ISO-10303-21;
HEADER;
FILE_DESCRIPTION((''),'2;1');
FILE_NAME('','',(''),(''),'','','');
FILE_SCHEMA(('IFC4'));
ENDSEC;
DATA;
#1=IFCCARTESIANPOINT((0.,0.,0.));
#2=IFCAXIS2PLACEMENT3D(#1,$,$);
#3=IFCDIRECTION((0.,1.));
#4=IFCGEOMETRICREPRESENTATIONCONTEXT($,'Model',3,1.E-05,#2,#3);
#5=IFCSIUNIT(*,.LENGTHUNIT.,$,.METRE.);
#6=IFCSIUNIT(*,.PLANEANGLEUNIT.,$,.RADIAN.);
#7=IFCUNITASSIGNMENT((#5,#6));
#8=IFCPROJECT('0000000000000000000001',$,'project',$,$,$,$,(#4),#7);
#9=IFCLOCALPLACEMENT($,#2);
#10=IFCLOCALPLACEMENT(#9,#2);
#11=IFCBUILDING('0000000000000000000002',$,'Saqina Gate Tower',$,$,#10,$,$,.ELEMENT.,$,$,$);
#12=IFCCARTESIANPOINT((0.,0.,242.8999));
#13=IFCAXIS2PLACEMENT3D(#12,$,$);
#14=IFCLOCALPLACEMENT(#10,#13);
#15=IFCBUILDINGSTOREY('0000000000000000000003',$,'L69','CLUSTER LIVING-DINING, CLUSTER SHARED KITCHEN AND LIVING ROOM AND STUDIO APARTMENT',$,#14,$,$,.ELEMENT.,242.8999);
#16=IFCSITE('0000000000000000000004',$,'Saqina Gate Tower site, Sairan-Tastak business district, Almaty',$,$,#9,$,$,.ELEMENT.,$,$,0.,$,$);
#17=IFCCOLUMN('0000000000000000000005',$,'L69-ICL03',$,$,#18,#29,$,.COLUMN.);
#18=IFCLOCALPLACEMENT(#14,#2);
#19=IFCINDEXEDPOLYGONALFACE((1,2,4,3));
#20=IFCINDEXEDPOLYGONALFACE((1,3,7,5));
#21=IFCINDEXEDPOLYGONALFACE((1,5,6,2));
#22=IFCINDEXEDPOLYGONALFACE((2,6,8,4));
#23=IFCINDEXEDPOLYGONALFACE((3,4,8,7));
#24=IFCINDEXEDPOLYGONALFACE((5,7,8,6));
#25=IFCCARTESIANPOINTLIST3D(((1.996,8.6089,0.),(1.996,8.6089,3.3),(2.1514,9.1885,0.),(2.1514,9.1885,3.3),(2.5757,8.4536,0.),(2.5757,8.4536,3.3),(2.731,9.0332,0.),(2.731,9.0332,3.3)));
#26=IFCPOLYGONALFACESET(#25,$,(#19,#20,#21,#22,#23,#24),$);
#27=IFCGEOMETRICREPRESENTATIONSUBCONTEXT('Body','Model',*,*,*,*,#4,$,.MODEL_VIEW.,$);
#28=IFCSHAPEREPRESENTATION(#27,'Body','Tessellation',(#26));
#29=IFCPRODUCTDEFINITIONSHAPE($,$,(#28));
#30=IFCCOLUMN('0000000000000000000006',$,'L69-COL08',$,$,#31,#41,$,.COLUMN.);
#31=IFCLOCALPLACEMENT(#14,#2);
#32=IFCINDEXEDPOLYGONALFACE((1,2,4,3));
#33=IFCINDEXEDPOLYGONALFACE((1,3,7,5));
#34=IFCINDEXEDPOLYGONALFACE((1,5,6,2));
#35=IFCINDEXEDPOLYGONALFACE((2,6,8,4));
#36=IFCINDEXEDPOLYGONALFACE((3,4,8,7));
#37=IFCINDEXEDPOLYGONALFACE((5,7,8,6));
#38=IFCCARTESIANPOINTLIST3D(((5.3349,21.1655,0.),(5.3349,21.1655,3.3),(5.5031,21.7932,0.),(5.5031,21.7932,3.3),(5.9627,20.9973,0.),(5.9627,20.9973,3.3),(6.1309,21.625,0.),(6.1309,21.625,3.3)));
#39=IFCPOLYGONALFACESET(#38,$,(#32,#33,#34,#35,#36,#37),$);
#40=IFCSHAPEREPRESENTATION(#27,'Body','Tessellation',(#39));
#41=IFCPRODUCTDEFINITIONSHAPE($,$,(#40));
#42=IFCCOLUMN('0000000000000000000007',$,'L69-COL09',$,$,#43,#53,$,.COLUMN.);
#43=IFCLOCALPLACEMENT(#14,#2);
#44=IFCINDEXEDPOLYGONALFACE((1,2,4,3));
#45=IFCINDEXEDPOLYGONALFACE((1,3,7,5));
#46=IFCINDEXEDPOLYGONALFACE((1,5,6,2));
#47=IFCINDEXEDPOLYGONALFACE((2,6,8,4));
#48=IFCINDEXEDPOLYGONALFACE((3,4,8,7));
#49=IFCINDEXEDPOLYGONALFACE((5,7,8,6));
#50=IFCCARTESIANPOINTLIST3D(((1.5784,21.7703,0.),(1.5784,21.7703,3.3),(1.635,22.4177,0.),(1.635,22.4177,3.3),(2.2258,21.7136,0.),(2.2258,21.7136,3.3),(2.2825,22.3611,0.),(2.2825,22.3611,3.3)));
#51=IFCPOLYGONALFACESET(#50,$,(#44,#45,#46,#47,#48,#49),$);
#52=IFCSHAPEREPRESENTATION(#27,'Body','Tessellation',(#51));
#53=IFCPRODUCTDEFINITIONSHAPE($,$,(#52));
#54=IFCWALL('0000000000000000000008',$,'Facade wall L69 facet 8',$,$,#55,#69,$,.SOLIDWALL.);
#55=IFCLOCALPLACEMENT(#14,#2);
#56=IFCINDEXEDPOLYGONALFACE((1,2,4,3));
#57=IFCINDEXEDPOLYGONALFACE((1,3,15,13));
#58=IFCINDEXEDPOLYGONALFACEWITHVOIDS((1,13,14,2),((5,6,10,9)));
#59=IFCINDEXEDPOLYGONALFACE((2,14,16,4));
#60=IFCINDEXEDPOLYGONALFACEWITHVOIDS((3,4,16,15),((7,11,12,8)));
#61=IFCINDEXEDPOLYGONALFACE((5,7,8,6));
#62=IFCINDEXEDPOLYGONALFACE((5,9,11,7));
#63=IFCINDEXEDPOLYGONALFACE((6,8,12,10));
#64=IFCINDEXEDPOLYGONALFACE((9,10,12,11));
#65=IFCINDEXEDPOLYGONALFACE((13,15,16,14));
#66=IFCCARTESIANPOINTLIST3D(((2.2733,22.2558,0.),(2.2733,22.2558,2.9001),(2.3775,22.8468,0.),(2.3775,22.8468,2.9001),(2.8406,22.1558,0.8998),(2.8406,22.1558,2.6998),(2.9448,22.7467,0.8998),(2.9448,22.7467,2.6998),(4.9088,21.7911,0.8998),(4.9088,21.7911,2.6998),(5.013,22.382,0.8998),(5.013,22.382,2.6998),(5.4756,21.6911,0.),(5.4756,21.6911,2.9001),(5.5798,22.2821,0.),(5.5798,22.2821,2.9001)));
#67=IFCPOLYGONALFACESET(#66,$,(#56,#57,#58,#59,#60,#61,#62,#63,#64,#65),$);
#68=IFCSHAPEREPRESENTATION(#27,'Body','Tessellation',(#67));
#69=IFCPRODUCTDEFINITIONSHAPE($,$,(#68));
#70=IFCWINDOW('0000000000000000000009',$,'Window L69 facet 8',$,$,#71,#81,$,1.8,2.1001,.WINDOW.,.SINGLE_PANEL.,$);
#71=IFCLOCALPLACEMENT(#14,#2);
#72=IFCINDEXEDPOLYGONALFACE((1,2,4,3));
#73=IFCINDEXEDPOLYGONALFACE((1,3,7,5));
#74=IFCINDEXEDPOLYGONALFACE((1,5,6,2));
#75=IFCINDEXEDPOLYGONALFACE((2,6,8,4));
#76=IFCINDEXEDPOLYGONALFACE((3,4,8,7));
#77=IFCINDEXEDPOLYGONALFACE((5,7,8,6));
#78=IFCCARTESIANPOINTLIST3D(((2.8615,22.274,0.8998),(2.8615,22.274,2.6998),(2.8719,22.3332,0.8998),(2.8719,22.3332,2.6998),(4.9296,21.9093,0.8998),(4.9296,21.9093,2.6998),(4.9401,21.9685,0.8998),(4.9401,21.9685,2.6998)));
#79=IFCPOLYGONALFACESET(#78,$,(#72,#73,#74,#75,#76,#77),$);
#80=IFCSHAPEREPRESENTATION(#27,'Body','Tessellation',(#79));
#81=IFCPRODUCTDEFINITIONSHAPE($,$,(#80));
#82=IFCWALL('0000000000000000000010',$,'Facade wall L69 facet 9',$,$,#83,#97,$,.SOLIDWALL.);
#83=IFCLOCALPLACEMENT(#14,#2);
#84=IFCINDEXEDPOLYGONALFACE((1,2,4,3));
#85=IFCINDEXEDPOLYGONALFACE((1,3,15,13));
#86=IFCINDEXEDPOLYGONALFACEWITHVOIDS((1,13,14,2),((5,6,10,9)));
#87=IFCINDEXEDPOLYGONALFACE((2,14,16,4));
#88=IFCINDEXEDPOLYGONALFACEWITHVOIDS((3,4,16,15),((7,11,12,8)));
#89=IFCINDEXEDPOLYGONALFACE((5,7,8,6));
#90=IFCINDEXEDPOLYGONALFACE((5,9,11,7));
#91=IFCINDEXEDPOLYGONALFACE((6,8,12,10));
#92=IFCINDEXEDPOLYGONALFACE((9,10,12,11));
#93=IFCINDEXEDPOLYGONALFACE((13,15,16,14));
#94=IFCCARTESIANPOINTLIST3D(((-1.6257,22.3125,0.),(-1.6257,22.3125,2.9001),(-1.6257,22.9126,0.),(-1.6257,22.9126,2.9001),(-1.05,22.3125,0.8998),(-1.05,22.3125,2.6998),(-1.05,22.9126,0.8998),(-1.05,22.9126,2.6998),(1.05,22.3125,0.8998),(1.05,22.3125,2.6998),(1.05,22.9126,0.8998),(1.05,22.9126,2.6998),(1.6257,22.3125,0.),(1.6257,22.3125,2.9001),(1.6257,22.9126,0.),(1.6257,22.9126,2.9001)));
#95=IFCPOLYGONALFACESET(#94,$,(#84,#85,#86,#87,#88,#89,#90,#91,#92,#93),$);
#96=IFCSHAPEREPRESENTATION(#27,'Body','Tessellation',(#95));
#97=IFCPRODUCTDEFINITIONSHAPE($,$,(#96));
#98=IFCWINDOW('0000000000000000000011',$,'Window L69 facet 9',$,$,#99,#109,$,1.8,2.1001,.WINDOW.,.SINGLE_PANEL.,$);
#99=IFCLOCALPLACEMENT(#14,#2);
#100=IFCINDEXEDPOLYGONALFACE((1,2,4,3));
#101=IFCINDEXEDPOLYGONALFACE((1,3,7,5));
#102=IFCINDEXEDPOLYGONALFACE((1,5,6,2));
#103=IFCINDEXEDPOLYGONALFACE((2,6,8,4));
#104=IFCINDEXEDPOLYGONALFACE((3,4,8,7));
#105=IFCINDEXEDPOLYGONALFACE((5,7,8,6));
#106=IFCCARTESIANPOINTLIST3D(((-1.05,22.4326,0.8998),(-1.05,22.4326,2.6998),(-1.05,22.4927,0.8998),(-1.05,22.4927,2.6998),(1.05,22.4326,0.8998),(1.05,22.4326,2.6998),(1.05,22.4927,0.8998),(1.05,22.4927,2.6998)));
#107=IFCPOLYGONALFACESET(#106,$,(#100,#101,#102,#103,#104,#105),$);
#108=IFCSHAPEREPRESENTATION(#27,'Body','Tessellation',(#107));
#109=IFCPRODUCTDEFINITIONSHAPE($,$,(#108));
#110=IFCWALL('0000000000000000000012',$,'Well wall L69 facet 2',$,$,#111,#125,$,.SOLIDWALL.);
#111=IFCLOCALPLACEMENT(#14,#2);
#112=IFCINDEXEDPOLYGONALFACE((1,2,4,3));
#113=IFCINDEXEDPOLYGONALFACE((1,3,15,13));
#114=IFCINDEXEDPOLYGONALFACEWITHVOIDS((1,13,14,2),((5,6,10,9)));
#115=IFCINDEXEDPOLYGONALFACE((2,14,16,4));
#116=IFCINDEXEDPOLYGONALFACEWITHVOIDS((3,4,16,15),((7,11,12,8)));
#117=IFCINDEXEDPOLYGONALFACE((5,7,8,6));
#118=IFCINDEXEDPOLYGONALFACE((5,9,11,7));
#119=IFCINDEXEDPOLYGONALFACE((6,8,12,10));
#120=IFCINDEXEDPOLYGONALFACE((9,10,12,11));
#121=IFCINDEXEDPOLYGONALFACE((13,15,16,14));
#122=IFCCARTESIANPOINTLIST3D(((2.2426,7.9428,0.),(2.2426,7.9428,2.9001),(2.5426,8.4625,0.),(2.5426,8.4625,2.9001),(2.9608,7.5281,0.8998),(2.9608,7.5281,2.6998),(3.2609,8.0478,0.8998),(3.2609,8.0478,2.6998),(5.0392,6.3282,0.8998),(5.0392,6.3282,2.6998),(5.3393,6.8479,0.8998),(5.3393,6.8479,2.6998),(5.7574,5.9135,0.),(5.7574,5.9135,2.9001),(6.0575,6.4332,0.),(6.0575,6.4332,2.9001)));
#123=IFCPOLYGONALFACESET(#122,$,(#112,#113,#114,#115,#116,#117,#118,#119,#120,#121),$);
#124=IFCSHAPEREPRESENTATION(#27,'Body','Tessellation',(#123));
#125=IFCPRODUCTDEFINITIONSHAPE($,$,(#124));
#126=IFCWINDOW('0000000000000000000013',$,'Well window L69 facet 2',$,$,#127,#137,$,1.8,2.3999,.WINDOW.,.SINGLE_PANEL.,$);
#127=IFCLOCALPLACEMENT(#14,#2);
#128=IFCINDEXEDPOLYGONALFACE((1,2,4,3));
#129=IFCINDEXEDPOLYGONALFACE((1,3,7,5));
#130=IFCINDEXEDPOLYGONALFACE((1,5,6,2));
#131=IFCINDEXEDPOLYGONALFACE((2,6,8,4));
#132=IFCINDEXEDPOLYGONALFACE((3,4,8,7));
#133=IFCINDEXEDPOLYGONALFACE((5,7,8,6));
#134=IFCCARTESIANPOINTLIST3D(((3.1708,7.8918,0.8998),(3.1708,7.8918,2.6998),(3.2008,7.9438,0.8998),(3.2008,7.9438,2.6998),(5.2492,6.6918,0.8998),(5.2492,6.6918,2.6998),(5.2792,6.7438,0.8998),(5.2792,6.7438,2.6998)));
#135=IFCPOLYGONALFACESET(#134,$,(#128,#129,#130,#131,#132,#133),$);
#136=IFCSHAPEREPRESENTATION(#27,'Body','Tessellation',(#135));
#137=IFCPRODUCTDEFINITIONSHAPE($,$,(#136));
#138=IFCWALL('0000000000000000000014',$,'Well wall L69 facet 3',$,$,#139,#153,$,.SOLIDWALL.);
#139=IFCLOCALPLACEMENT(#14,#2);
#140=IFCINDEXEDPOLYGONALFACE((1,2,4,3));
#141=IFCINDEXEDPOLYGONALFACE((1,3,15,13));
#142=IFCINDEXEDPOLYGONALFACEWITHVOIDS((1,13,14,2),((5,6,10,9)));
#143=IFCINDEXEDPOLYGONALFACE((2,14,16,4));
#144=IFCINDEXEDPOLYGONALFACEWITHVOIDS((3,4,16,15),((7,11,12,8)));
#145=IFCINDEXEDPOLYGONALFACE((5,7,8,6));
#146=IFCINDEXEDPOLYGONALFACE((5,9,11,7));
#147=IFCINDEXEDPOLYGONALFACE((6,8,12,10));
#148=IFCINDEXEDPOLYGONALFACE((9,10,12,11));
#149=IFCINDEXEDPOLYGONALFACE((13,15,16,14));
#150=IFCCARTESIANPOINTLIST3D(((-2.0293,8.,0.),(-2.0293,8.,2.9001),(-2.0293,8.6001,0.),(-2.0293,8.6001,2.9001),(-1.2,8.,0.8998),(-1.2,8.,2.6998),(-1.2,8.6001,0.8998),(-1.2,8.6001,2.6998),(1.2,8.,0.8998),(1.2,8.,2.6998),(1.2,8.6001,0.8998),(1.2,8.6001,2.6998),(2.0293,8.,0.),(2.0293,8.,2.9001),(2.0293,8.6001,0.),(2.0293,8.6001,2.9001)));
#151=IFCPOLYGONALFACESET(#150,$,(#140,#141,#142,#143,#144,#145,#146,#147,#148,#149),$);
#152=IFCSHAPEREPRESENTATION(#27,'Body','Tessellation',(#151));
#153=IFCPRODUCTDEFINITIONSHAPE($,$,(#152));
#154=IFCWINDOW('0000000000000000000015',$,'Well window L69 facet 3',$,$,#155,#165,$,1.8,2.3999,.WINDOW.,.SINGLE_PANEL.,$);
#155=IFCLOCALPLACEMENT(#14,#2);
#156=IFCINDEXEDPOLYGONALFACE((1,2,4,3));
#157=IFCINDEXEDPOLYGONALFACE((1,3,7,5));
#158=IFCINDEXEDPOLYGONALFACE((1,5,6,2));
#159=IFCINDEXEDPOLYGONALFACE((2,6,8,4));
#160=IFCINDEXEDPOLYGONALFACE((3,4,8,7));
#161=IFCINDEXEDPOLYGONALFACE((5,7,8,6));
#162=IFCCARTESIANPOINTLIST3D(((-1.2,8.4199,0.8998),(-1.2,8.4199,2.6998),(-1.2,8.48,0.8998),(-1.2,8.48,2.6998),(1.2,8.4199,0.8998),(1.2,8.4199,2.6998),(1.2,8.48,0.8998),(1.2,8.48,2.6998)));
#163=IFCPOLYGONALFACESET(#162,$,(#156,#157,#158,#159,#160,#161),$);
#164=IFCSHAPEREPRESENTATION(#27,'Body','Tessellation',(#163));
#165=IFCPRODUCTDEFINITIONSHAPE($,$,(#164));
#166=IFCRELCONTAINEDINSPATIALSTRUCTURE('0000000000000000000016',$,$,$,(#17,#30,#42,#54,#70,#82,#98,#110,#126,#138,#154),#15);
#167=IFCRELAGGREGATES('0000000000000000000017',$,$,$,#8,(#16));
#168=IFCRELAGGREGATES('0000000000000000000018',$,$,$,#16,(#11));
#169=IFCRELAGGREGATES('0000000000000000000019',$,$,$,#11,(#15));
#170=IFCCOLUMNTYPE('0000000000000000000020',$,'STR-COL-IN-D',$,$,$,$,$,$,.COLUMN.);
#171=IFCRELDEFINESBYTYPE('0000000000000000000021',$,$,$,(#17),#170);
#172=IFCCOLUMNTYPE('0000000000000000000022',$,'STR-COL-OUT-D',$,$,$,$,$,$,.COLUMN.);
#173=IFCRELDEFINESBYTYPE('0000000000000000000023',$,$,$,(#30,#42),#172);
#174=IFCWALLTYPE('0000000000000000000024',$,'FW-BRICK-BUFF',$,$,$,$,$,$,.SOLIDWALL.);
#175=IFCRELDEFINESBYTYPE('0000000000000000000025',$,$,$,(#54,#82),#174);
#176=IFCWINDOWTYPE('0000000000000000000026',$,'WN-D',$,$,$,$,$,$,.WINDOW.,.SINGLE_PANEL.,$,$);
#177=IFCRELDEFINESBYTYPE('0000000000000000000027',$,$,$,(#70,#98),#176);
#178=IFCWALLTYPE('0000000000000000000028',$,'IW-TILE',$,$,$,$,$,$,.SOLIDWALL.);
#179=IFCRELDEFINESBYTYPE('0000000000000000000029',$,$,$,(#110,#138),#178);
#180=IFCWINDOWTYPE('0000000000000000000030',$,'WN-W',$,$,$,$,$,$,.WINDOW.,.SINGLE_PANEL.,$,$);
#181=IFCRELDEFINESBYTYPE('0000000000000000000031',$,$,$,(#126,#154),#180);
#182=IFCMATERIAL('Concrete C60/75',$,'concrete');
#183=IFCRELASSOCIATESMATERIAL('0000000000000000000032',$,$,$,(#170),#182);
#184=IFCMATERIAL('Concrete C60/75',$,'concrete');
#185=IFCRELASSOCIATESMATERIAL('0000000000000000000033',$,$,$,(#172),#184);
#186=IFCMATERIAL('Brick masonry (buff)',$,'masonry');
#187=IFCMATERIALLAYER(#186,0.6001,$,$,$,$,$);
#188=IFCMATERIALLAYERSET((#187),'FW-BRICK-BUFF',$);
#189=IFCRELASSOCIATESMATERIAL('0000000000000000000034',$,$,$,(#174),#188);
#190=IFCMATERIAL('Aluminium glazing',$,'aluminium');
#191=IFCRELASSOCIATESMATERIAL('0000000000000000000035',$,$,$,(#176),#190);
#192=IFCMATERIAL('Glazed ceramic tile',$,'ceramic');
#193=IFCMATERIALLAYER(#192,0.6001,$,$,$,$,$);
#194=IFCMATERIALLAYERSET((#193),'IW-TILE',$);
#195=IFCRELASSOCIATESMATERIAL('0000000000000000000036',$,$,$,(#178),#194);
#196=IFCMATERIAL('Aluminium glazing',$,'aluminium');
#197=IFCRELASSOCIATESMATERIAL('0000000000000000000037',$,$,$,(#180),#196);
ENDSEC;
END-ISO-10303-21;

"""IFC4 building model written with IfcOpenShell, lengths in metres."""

from ifc_helpers import new_model, si_unit, direction, frame, frame_2d, origin, origin_2d, place, context, subcontext, project, spatial, rectangle, extrude, material, layer, layer_set, material_profile, profile_set, type_object, element, fill, save


model = new_model("IFC4")

# Units and contexts
model_context = context("Model", 3, precision=1e-05, world=origin(), true_north=direction((0.0, 1.0)))
body_context = subcontext(model_context, "Body", "Model", "MODEL_VIEW")
ifc_project = project(units=[si_unit("LENGTHUNIT", "METRE"), si_unit("PLANEANGLEUNIT", "RADIAN")], contexts=[model_context])

# Site, building, storey
site_placement = place(None, origin())
site = spatial("IfcSite", under=ifc_project, at=site_placement, Name="Saqina Gate Tower site, Sairan-Tastak business district, Almaty", CompositionType="ELEMENT", RefElevation=0.0)
building_placement = place(site_placement, origin())
building = spatial("IfcBuilding", under=site, at=building_placement, Name="Saqina Gate Tower", CompositionType="ELEMENT")
storey_placement = place(building_placement, frame((0.0, 0.0, 242.8999)))
storey = spatial("IfcBuildingStorey", under=building, at=storey_placement, Name="L69", Description="CLUSTER LIVING-DINING, CLUSTER SHARED KITCHEN AND LIVING ROOM AND STUDIO APARTMENT", CompositionType="ELEMENT", Elevation=242.8999)

# Columns
ifc_material_1 = material(Name="Concrete C60/75", Category="concrete")
ifc_material_profile_1 = material_profile(ifc_material_1, rectangle(XDim=0.6001, YDim=0.6001, at=origin_2d()), Name="RC 600x600")
ifc_profile_set_1 = profile_set([ifc_material_profile_1], Name="Concrete C60/75")
column_type_1 = type_object("IfcColumnType", Name="STR-COL-IN-D", PredefinedType="COLUMN", material=ifc_profile_set_1)
column_placement = place(storey_placement, frame((2.3635, 8.821, 0.0), z_axis=(0.0, 0.0, 1.0), x_axis=(0.258819, 0.965926, 0.0)))
element("IfcColumn", 1, at=column_placement, inside=storey, type_object=column_type_1, Name="L69-ICL03", PredefinedType="COLUMN", context=body_context, shape_type="SweptSolid", body=[
    extrude(rectangle(XDim=0.6001, YDim=0.6001, at=origin_2d()), origin(), (0.0, 0.0, 1.0), 3.3),
])
ifc_material_2 = material(Name="Concrete C60/75", Category="concrete")
ifc_material_profile_2 = material_profile(ifc_material_2, rectangle(XDim=0.6499, YDim=0.6499, at=origin_2d()), Name="RC 650x650")
ifc_profile_set_2 = profile_set([ifc_material_profile_2], Name="Concrete C60/75")
column_type_2 = type_object("IfcColumnType", Name="STR-COL-OUT-D", PredefinedType="COLUMN", material=ifc_profile_set_2)
for number, where, z_axis, x_axis, name in (
    (2, (5.7329, 21.3953, 0.0), (0.0, 0.0, 1.0), (0.258819, 0.965926, 0.0), "L69-COL08"),
    (3, (1.9304, 22.0657, 0.0), (0.0, 0.0, 1.0), (0.087156, 0.996195, 0.0), "L69-COL09"),
):
    element("IfcColumn", number, at=place(storey_placement, frame(where, z_axis=z_axis, x_axis=x_axis)), inside=storey, type_object=column_type_2, Name=name, PredefinedType="COLUMN", context=body_context, shape_type="SweptSolid", body=[
        extrude(rectangle(XDim=0.6499, YDim=0.6499, at=origin_2d()), origin(), (0.0, 0.0, 1.0), 3.3),
    ])

# Walls, openings, windows
ifc_material_3 = material(Name="Brick masonry (buff)", Category="masonry")
ifc_layer_1 = layer(ifc_material_3, 0.6001)
ifc_layer_set_1 = layer_set([ifc_layer_1], Name="FW-BRICK-BUFF")
wall_type_1 = type_object("IfcWallType", Name="FW-BRICK-BUFF", PredefinedType="SOLIDWALL", material=ifc_layer_set_1)
wall_1_placement = place(storey_placement, frame((5.5278, 21.9866, 0.0), z_axis=(0.0, 0.0, 1.0), x_axis=(-0.984806, 0.173657, 0.0)))
wall_1 = element("IfcWall", 4, at=wall_1_placement, inside=storey, type_object=wall_type_1, Name="Facade wall L69 facet 8", PredefinedType="SOLIDWALL", context=body_context, shape_type="SweptSolid", body=[
    extrude(rectangle(XDim=3.2517, YDim=0.6001, at=frame_2d((1.626, 0.0))), origin(), (0.0, 0.0, 1.0), 2.9001),
])
opening_1_placement = place(wall_1_placement, frame((0.5757, 0.0, 0.8999)))
opening_1 = element("IfcOpeningElement", 5, at=opening_1_placement, cuts=wall_1, PredefinedType="OPENING", context=body_context, shape_type="SweptSolid", body=[
    extrude(rectangle(XDim=2.1001, YDim=1.8, at=frame_2d((1.05, 0.8999))), frame((0.0, 0.312, 0.0), z_axis=(0.0, -1.0, 0.0), x_axis=(1.0, 0.0, 0.0)), (0.0, 0.0, 1.0), 0.624),
])
ifc_material_4 = material(Name="Aluminium glazing", Category="aluminium")
window_type_1 = type_object("IfcWindowType", Name="WN-D", PartitioningType="SINGLE_PANEL", PredefinedType="WINDOW", material=ifc_material_4)
window_1_placement = place(opening_1_placement, origin())
window_1 = element("IfcWindow", 6, at=window_1_placement, inside=storey, type_object=window_type_1, Name="Window L69 facet 8", OverallHeight=1.8, OverallWidth=2.1001, PartitioningType="SINGLE_PANEL", PredefinedType="WINDOW", context=body_context, shape_type="SweptSolid", body=[
    extrude(rectangle(XDim=2.1001, YDim=1.8, at=frame_2d((1.05, 0.8999))), frame((0.0, 0.1799, 0.0), z_axis=(0.0, -1.0, 0.0), x_axis=(1.0, 0.0, 0.0)), (0.0, 0.0, 1.0), 0.0601),
])
fill(opening_1, window_1)
wall_2_placement = place(storey_placement, frame((1.6257, 22.6125, 0.0), z_axis=(0.0, 0.0, 1.0), x_axis=(-1.0, 0.0, 0.0)))
wall_2 = element("IfcWall", 7, at=wall_2_placement, inside=storey, type_object=wall_type_1, Name="Facade wall L69 facet 9", PredefinedType="SOLIDWALL", context=body_context, shape_type="SweptSolid", body=[
    extrude(rectangle(XDim=3.2515, YDim=0.6001, at=frame_2d((1.6257, 0.0))), origin(), (0.0, 0.0, 1.0), 2.9001),
])
opening_2_placement = place(wall_2_placement, frame((0.5757, 0.0, 0.8999)))
opening_2 = element("IfcOpeningElement", 8, at=opening_2_placement, cuts=wall_2, PredefinedType="OPENING", context=body_context, shape_type="SweptSolid", body=[
    extrude(rectangle(XDim=2.1001, YDim=1.8, at=frame_2d((1.05, 0.8999))), frame((0.0, 0.312, 0.0), z_axis=(0.0, -1.0, 0.0), x_axis=(1.0, 0.0, 0.0)), (0.0, 0.0, 1.0), 0.624),
])
window_2_placement = place(opening_2_placement, origin())
window_2 = element("IfcWindow", 9, at=window_2_placement, inside=storey, type_object=window_type_1, Name="Window L69 facet 9", OverallHeight=1.8, OverallWidth=2.1001, PartitioningType="SINGLE_PANEL", PredefinedType="WINDOW", context=body_context, shape_type="SweptSolid", body=[
    extrude(rectangle(XDim=2.1001, YDim=1.8, at=frame_2d((1.05, 0.8999))), frame((0.0, 0.1799, 0.0), z_axis=(0.0, -1.0, 0.0), x_axis=(1.0, 0.0, 0.0)), (0.0, 0.0, 1.0), 0.0601),
])
fill(opening_2, window_2)
ifc_material_5 = material(Name="Glazed ceramic tile", Category="ceramic")
ifc_layer_2 = layer(ifc_material_5, 0.6001)
ifc_layer_set_2 = layer_set([ifc_layer_2], Name="IW-TILE")
wall_type_2 = type_object("IfcWallType", Name="IW-TILE", PredefinedType="SOLIDWALL", material=ifc_layer_set_2)
wall_3_placement = place(storey_placement, frame((5.9075, 6.1733, 0.0), z_axis=(0.0, 0.0, 1.0), x_axis=(-0.866028, 0.499995, 0.0)))
wall_3 = element("IfcWall", 10, at=wall_3_placement, inside=storey, type_object=wall_type_2, Name="Well wall L69 facet 2", PredefinedType="SOLIDWALL", context=body_context, shape_type="SweptSolid", body=[
    extrude(rectangle(XDim=4.0586, YDim=0.6001, at=frame_2d((2.0293, 0.0))), origin(), (0.0, 0.0, 1.0), 2.9001),
])
opening_3_placement = place(wall_3_placement, frame((0.8293, 0.0, 0.8999)))
opening_3 = element("IfcOpeningElement", 11, at=opening_3_placement, cuts=wall_3, PredefinedType="OPENING", context=body_context, shape_type="SweptSolid", body=[
    extrude(rectangle(XDim=2.3999, YDim=1.8, at=frame_2d((1.2, 0.8999))), frame((0.0, 0.312, 0.0), z_axis=(0.0, -1.0, 0.0), x_axis=(1.0, 0.0, 0.0)), (0.0, 0.0, 1.0), 0.624),
])
ifc_material_6 = material(Name="Aluminium glazing", Category="aluminium")
window_type_2 = type_object("IfcWindowType", Name="WN-W", PartitioningType="SINGLE_PANEL", PredefinedType="WINDOW", material=ifc_material_6)
window_3_placement = place(opening_3_placement, origin())
window_3 = element("IfcWindow", 12, at=window_3_placement, inside=storey, type_object=window_type_2, Name="Well window L69 facet 2", OverallHeight=1.8, OverallWidth=2.3999, PartitioningType="SINGLE_PANEL", PredefinedType="WINDOW", context=body_context, shape_type="SweptSolid", body=[
    extrude(rectangle(XDim=2.3999, YDim=1.8, at=frame_2d((1.2, 0.8999))), frame((0.0, -0.1199, 0.0), z_axis=(0.0, -1.0, 0.0), x_axis=(1.0, 0.0, 0.0)), (0.0, 0.0, 1.0), 0.0601),
])
fill(opening_3, window_3)
wall_4_placement = place(storey_placement, frame((2.0293, 8.3, 0.0), z_axis=(0.0, 0.0, 1.0), x_axis=(-1.0, 0.0, 0.0)))
wall_4 = element("IfcWall", 13, at=wall_4_placement, inside=storey, type_object=wall_type_2, Name="Well wall L69 facet 3", PredefinedType="SOLIDWALL", context=body_context, shape_type="SweptSolid", body=[
    extrude(rectangle(XDim=4.0586, YDim=0.6001, at=frame_2d((2.0293, 0.0))), origin(), (0.0, 0.0, 1.0), 2.9001),
])
opening_4_placement = place(wall_4_placement, frame((0.8293, 0.0, 0.8999)))
opening_4 = element("IfcOpeningElement", 14, at=opening_4_placement, cuts=wall_4, PredefinedType="OPENING", context=body_context, shape_type="SweptSolid", body=[
    extrude(rectangle(XDim=2.3999, YDim=1.8, at=frame_2d((1.2, 0.8999))), frame((0.0, 0.312, 0.0), z_axis=(0.0, -1.0, 0.0), x_axis=(1.0, 0.0, 0.0)), (0.0, 0.0, 1.0), 0.624),
])
window_4_placement = place(opening_4_placement, origin())
window_4 = element("IfcWindow", 15, at=window_4_placement, inside=storey, type_object=window_type_2, Name="Well window L69 facet 3", OverallHeight=1.8, OverallWidth=2.3999, PartitioningType="SINGLE_PANEL", PredefinedType="WINDOW", context=body_context, shape_type="SweptSolid", body=[
    extrude(rectangle(XDim=2.3999, YDim=1.8, at=frame_2d((1.2, 0.8999))), frame((0.0, -0.1199, 0.0), z_axis=(0.0, -1.0, 0.0), x_axis=(1.0, 0.0, 0.0)), (0.0, 0.0, 1.0), 0.0601),
])
fill(opening_4, window_4)

save(model, "model.ifc")
